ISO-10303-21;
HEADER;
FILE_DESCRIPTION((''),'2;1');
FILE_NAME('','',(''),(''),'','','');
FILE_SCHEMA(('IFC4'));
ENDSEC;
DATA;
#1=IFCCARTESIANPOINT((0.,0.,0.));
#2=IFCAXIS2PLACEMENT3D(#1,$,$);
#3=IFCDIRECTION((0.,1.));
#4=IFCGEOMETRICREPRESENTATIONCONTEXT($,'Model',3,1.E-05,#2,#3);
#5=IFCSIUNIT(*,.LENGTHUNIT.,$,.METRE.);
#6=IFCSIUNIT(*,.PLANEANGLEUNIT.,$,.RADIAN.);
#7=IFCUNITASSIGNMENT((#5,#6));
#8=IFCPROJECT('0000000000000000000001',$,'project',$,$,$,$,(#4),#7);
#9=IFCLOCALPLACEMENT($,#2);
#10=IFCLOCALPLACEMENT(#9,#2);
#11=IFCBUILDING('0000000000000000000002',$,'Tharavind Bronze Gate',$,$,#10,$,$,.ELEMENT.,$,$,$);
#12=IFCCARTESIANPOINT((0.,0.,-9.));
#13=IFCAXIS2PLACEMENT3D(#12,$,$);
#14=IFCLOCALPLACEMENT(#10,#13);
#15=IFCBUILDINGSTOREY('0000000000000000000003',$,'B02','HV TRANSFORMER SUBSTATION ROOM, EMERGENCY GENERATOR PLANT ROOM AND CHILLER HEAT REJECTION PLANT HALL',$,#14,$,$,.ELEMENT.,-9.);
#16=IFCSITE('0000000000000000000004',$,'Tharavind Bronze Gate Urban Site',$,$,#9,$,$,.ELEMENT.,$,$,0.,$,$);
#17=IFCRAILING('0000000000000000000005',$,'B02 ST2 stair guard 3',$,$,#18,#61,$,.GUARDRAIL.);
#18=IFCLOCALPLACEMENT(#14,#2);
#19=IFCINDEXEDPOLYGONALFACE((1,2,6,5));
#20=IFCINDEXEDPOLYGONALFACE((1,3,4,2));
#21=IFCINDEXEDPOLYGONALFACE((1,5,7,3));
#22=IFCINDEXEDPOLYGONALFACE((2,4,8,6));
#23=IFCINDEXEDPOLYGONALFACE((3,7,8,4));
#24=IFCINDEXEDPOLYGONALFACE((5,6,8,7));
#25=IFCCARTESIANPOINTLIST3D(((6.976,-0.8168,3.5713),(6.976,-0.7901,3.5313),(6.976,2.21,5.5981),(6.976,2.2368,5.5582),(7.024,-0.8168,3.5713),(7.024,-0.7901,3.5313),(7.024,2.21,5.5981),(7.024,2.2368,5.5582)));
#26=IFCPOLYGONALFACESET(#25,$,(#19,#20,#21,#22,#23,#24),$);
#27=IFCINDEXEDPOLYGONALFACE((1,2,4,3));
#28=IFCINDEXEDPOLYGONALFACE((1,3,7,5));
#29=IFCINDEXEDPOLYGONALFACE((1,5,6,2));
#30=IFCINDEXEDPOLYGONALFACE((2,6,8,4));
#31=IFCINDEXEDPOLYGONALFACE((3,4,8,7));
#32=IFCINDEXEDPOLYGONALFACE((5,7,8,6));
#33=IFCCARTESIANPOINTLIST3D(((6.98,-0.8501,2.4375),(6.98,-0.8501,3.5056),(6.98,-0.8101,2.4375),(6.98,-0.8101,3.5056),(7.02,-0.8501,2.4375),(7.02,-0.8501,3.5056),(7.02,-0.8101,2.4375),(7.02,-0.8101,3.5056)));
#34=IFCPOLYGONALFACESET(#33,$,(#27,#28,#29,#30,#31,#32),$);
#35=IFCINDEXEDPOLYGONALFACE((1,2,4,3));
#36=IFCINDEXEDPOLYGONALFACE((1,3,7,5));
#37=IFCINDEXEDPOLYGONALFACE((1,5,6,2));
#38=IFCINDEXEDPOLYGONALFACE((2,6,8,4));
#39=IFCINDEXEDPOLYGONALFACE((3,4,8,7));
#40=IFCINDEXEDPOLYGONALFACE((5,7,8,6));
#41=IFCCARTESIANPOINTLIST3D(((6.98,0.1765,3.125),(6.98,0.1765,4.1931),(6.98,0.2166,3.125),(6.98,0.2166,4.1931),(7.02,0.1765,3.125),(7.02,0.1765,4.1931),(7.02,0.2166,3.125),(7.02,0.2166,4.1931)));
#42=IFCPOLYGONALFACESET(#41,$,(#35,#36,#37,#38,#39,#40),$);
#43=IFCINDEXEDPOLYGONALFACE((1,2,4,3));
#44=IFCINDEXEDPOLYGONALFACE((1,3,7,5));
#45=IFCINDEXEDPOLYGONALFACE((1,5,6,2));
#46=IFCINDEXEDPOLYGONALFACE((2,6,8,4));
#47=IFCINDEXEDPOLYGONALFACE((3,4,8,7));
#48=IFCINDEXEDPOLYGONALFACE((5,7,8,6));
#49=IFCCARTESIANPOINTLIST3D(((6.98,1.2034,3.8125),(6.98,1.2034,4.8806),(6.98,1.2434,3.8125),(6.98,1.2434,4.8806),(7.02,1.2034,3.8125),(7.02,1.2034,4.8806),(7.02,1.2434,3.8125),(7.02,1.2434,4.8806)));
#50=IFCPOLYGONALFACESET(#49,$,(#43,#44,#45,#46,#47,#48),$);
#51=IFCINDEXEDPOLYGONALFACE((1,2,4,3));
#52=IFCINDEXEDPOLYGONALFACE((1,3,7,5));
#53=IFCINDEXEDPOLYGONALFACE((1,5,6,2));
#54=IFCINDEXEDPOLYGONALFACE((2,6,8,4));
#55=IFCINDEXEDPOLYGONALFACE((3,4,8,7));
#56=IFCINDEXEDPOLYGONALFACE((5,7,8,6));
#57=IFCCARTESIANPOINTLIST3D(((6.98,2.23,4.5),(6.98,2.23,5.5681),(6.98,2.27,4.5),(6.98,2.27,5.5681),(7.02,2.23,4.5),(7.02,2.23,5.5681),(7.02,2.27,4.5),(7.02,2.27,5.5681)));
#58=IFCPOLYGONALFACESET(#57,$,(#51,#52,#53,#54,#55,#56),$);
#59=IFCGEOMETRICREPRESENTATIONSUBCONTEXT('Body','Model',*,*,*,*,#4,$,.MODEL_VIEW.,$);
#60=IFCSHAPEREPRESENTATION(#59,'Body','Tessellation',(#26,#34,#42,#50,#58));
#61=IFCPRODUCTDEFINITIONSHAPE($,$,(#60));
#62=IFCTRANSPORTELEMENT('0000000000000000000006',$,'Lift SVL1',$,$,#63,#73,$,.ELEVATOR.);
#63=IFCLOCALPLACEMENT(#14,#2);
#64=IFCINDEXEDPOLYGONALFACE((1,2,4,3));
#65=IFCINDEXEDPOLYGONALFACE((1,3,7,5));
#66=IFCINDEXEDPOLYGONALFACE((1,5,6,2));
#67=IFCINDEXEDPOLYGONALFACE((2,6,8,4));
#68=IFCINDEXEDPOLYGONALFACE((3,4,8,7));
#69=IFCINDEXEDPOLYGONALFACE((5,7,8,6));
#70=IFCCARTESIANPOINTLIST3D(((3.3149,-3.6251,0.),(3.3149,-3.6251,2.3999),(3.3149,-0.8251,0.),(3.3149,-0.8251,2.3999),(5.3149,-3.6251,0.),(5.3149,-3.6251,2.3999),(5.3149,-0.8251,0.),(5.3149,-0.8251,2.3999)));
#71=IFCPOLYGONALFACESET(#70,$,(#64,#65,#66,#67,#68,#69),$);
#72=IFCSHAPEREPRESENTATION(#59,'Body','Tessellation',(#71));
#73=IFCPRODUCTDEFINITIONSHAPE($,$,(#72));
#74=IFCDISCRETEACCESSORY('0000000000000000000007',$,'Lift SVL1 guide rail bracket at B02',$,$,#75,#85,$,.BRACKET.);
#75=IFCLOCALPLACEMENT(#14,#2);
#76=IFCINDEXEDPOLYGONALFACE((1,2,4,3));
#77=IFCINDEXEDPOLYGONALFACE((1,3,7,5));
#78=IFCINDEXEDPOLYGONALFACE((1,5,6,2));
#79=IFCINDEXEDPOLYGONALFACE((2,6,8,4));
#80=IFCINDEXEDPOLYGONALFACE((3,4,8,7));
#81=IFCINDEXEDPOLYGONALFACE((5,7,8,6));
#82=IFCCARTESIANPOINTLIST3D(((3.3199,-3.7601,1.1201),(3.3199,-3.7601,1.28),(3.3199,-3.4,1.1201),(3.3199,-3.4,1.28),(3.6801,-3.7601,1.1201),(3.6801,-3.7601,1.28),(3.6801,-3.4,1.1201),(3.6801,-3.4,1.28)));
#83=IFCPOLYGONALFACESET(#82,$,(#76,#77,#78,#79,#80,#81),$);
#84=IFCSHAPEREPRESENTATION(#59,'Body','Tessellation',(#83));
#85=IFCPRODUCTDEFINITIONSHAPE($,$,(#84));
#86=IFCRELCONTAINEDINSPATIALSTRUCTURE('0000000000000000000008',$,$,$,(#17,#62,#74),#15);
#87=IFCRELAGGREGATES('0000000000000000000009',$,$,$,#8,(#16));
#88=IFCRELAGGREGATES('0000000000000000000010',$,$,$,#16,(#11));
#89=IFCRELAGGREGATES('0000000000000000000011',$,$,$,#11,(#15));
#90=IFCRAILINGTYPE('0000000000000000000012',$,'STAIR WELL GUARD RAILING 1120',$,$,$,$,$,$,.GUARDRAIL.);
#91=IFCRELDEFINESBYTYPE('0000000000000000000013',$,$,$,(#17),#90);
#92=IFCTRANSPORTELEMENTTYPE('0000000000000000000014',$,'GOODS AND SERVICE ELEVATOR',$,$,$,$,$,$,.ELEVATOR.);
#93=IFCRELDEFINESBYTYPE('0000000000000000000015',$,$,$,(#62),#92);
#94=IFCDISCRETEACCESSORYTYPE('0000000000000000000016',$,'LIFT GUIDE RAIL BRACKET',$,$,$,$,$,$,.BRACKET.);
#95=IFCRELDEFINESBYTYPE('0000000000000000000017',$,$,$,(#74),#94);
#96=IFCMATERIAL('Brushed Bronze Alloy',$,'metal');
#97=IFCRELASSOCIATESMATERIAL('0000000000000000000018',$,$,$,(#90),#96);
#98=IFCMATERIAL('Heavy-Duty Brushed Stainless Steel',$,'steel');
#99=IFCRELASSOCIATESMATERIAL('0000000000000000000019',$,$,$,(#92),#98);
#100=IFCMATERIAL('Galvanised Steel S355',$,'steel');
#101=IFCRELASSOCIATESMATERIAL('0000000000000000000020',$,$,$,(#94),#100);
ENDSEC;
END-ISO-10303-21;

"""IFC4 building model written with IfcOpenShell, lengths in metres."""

from ifc_helpers import new_model, si_unit, direction, frame, origin, origin_2d, place, context, subcontext, project, spatial, rectangle, extrude, material, type_object, element, save


model = new_model("IFC4")

# Units and contexts
model_context = context("Model", 3, precision=1e-05, world=origin(), true_north=direction((0.0, 1.0)))
body_context = subcontext(model_context, "Body", "Model", "MODEL_VIEW")
ifc_project = project(units=[si_unit("LENGTHUNIT", "METRE"), si_unit("PLANEANGLEUNIT", "RADIAN")], contexts=[model_context])

# Site, building, storey
site_placement = place(None, origin())
site = spatial("IfcSite", under=ifc_project, at=site_placement, Name="Tharavind Bronze Gate Urban Site", CompositionType="ELEMENT", RefElevation=0.0)
building_placement = place(site_placement, origin())
building = spatial("IfcBuilding", under=site, at=building_placement, Name="Tharavind Bronze Gate", CompositionType="ELEMENT")
storey_placement = place(building_placement, frame((0.0, 0.0, -9.0)))
storey = spatial("IfcBuildingStorey", under=building, at=storey_placement, Name="B02", Description="HV TRANSFORMER SUBSTATION ROOM, EMERGENCY GENERATOR PLANT ROOM AND CHILLER HEAT REJECTION PLANT HALL", CompositionType="ELEMENT", Elevation=-9.0)

# Railing
ifc_material_1 = material(Name="Brushed Bronze Alloy", Category="metal")
railing_type = type_object("IfcRailingType", Name="STAIR WELL GUARD RAILING 1120", PredefinedType="GUARDRAIL", material=ifc_material_1)
railing_1_placement = place(storey_placement, frame((7.0, -0.8301, 2.4375)))
element("IfcRailing", 1, at=railing_1_placement, inside=storey, type_object=railing_type, Name="B02 ST2 stair guard 3", PredefinedType="GUARDRAIL", context=body_context, shape_type="SweptSolid", body=[
    extrude(rectangle(XDim=0.0481, YDim=0.0481, at=origin_2d()), frame((0.0, 0.0266, 1.1138), z_axis=(0.0, 0.830914, 0.556401), x_axis=(-1.0, 0.0, 0.0)), (0.0, 0.0, 1.0), 3.6428),
    extrude(rectangle(XDim=0.04, YDim=0.04, at=origin_2d()), origin(), (0.0, 0.0, 1.0), 1.0681),
    extrude(rectangle(XDim=0.04, YDim=0.04, at=origin_2d()), frame((0.0, 1.0266, 0.6875)), (0.0, 0.0, 1.0), 1.0681),
    extrude(rectangle(XDim=0.04, YDim=0.04, at=origin_2d()), frame((0.0, 2.0535, 1.375)), (0.0, 0.0, 1.0), 1.0681),
    extrude(rectangle(XDim=0.04, YDim=0.04, at=origin_2d()), frame((0.0, 3.0801, 2.0625)), (0.0, 0.0, 1.0), 1.0681),
])

# Transport element
ifc_material_2 = material(Name="Heavy-Duty Brushed Stainless Steel", Category="steel")
transport_element_type = type_object("IfcTransportElementType", Name="GOODS AND SERVICE ELEVATOR", PredefinedType="ELEVATOR", material=ifc_material_2)
transport_element_placement = place(storey_placement, frame((4.3149, -2.2251, 0.0), z_axis=(0.0, 0.0, 1.0), x_axis=(1.0, 0.0, 0.0)))
element("IfcTransportElement", 2, at=transport_element_placement, inside=storey, type_object=transport_element_type, Name="Lift SVL1", PredefinedType="ELEVATOR", context=body_context, shape_type="SweptSolid", body=[
    extrude(rectangle(XDim=2.0, YDim=2.8, at=origin_2d()), origin(), (0.0, 0.0, 1.0), 2.3999),
])

# Discrete accessory
ifc_material_3 = material(Name="Galvanised Steel S355", Category="steel")
discrete_accessory_type = type_object("IfcDiscreteAccessoryType", Name="LIFT GUIDE RAIL BRACKET", PredefinedType="BRACKET", material=ifc_material_3)
discrete_accessory_placement = place(storey_placement, frame((3.5, -3.5801, 1.1201), z_axis=(0.0, 0.0, 1.0), x_axis=(1.0, 0.0, 0.0)))
element("IfcDiscreteAccessory", 3, at=discrete_accessory_placement, inside=storey, type_object=discrete_accessory_type, Name="Lift SVL1 guide rail bracket at B02", PredefinedType="BRACKET", context=body_context, shape_type="SweptSolid", body=[
    extrude(rectangle(XDim=0.3601, YDim=0.3601, at=origin_2d()), origin(), (0.0, 0.0, 1.0), 0.1599),
])

save(model, "model.ifc")
